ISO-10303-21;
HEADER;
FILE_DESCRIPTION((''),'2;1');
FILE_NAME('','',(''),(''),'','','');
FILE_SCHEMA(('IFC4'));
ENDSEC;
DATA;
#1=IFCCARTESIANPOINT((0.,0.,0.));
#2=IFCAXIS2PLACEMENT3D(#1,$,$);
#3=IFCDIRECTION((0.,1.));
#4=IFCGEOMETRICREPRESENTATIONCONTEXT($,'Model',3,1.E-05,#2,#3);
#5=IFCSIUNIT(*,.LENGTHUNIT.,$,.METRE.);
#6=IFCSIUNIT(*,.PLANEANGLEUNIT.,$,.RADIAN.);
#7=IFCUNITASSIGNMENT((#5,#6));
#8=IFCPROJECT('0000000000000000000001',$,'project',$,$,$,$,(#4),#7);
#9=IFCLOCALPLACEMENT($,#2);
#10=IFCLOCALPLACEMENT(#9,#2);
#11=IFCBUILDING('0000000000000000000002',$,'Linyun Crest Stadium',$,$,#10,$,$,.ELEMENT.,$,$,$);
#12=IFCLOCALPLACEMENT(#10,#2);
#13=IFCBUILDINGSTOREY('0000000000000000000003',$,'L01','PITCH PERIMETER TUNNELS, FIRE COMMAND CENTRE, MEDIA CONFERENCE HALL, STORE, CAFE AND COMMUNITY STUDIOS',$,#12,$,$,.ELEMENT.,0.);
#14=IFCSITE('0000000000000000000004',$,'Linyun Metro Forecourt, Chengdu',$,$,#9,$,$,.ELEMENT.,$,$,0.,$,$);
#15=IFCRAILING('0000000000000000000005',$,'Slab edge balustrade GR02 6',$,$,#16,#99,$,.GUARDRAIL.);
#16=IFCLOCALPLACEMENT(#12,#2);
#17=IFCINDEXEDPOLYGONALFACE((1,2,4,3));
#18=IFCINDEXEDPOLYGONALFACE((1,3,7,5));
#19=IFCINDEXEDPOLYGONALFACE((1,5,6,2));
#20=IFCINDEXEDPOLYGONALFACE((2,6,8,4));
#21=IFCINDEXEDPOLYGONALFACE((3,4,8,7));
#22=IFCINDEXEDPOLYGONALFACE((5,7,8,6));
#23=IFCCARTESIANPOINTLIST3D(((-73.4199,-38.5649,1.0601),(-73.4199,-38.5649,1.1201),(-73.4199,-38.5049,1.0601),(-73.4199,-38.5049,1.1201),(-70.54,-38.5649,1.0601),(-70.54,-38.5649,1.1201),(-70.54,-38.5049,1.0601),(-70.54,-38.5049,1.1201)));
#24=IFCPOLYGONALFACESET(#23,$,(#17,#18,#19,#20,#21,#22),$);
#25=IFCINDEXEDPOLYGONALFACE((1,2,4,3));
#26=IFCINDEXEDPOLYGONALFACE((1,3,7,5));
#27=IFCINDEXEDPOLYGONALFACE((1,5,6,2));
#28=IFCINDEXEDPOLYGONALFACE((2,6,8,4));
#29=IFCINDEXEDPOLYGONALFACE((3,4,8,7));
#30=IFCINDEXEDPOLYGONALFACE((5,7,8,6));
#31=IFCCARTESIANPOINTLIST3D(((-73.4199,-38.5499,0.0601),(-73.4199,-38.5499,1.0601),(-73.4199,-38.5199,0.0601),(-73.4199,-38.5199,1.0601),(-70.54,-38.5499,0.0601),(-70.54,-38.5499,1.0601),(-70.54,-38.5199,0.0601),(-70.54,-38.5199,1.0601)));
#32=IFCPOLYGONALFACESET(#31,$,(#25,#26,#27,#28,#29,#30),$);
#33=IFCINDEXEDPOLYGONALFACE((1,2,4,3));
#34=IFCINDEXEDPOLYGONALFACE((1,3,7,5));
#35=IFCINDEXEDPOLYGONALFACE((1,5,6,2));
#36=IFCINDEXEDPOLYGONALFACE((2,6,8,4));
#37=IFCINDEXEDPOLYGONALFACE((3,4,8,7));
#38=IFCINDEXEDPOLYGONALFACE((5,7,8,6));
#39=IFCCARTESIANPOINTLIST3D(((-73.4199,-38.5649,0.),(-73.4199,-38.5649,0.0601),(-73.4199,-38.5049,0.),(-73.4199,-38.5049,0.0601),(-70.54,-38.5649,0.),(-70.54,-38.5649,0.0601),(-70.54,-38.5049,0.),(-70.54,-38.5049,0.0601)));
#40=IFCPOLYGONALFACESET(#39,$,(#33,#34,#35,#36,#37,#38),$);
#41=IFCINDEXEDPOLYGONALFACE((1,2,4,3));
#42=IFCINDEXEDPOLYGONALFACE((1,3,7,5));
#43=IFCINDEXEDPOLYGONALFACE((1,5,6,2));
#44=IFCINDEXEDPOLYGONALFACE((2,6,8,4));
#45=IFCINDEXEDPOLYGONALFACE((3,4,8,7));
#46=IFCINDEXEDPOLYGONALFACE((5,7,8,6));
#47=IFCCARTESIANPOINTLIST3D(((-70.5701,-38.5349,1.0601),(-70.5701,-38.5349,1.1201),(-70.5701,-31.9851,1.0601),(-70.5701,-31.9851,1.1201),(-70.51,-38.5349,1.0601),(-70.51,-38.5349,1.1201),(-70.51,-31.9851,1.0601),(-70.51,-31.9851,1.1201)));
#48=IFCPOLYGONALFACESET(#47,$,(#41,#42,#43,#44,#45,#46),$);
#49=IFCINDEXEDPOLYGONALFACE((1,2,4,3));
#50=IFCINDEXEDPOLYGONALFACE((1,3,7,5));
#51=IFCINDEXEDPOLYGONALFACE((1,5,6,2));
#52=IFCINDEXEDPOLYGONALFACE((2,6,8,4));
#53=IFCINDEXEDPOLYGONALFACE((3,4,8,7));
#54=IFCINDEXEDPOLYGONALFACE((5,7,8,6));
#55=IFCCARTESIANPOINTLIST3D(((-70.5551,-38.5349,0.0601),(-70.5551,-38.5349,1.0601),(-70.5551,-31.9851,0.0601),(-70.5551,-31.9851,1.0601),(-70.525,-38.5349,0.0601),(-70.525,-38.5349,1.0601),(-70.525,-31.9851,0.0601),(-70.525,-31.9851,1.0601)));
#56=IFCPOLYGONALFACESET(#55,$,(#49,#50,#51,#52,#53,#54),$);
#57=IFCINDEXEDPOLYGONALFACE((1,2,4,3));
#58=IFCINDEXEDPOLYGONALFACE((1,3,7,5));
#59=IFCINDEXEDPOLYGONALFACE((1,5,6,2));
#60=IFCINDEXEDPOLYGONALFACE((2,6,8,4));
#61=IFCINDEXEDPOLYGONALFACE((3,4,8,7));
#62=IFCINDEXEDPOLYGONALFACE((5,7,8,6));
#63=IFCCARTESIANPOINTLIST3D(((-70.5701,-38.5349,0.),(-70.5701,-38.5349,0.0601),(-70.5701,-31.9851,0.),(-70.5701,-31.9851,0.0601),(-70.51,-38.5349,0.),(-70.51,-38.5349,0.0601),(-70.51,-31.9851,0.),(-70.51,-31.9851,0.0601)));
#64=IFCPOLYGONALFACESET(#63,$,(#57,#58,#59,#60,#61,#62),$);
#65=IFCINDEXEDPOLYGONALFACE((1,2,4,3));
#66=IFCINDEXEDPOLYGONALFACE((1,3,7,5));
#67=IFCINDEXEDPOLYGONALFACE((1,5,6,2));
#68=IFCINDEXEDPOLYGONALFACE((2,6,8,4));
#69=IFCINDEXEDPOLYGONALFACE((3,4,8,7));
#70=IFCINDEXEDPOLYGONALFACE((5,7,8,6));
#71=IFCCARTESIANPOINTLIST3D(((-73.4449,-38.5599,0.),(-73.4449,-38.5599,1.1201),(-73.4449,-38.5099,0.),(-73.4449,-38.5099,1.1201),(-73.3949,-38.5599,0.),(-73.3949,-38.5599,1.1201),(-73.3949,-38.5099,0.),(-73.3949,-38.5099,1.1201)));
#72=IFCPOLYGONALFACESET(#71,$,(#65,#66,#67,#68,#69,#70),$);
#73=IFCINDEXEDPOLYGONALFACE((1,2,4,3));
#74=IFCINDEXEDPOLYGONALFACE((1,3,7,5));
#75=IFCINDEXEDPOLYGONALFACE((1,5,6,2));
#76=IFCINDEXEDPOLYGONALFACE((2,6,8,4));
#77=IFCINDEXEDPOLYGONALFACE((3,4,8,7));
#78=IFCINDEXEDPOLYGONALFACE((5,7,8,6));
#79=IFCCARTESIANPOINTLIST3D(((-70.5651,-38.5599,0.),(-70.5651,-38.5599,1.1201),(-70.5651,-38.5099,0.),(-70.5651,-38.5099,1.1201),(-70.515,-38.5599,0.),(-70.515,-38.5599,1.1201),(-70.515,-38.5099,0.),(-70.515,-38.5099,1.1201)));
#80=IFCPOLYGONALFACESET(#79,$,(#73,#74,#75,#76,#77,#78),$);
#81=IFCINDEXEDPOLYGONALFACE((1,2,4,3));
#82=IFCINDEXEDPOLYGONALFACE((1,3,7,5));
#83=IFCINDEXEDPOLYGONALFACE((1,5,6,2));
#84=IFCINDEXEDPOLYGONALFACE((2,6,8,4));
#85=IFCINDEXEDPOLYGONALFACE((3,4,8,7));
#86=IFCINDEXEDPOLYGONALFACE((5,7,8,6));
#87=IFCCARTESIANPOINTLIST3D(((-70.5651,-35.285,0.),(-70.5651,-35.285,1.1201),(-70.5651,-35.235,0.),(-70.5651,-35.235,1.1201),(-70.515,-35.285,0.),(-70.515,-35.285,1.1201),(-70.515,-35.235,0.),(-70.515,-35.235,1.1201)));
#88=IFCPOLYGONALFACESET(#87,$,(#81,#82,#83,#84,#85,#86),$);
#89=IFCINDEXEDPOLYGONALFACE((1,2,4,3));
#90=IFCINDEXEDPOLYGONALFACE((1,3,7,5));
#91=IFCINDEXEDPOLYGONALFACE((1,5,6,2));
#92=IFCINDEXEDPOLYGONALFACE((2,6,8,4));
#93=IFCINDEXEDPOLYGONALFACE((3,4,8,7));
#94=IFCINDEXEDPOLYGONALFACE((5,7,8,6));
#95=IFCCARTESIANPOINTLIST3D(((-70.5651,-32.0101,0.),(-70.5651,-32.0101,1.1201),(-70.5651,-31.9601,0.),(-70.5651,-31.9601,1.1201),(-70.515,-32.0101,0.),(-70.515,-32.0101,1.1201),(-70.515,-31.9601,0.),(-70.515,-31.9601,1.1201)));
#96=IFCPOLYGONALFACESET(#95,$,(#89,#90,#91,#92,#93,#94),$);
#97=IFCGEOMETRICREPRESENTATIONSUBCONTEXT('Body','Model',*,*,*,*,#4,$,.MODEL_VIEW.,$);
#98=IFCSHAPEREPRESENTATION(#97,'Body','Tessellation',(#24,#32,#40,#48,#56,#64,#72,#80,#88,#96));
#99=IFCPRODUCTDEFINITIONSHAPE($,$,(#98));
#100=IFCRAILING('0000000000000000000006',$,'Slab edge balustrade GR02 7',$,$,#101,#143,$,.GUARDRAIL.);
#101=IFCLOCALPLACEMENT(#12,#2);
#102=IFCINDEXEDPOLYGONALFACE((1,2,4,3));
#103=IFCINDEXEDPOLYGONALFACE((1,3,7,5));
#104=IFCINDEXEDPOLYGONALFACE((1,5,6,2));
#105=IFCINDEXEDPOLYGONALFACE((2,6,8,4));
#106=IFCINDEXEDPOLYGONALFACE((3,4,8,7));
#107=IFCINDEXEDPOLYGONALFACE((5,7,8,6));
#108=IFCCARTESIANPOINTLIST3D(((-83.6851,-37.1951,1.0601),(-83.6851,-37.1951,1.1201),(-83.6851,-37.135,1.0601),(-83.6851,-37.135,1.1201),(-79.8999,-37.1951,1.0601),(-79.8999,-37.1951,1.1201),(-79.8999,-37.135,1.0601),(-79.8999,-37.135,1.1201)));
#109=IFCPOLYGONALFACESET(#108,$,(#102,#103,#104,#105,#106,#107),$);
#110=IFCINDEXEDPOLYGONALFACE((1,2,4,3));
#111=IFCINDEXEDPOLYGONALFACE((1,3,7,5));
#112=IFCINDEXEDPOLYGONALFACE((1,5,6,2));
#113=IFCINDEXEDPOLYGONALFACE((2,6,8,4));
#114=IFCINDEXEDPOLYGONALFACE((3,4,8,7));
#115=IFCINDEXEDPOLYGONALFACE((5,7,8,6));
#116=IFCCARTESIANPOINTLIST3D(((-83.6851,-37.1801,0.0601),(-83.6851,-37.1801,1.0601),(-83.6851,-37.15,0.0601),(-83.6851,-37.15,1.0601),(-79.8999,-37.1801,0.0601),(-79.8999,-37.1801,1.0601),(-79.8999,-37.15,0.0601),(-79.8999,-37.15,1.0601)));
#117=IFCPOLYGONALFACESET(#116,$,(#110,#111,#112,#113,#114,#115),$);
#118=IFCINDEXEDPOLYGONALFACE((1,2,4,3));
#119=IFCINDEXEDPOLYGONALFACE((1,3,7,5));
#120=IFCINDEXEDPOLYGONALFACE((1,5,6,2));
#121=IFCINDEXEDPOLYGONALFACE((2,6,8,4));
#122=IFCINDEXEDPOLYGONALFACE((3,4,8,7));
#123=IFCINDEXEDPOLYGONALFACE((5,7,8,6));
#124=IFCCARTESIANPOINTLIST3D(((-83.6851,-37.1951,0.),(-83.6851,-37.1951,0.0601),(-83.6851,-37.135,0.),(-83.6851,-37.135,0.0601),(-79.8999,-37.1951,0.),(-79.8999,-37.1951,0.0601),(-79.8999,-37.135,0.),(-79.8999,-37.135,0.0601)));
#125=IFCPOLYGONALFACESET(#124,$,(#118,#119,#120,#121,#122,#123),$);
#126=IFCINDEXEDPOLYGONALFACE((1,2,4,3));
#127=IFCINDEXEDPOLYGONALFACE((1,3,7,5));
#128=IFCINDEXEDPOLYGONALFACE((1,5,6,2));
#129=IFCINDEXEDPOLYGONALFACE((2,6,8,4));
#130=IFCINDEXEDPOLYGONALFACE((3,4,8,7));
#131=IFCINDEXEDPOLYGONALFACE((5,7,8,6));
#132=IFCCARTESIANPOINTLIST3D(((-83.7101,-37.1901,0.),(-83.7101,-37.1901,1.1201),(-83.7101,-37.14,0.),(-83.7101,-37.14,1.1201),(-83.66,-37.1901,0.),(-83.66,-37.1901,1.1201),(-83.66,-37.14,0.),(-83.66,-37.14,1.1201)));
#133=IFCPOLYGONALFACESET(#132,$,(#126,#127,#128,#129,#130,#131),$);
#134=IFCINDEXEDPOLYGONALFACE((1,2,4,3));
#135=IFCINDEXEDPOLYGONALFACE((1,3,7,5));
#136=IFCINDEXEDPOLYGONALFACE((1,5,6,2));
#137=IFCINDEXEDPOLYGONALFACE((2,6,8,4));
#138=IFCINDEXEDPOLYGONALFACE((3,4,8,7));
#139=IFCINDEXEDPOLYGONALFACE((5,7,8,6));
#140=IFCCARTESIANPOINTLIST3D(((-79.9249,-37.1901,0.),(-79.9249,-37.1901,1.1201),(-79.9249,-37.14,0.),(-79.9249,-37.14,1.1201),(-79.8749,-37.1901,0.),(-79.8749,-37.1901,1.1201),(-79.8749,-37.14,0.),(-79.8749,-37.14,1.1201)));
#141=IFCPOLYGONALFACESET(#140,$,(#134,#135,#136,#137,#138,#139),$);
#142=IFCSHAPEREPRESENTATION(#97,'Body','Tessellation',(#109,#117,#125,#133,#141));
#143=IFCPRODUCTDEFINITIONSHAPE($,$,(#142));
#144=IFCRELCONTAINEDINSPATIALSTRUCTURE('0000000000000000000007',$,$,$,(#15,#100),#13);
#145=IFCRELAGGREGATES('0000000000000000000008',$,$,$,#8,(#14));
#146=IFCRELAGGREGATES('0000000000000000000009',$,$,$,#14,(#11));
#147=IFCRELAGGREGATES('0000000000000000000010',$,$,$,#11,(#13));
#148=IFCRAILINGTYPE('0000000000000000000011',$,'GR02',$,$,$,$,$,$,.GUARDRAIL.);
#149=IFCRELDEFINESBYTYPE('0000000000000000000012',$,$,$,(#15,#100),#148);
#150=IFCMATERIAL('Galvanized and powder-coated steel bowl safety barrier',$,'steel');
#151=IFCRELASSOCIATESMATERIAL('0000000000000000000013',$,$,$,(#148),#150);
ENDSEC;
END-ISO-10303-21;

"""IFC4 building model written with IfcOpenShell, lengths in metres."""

from ifc_helpers import new_model, si_unit, direction, frame, origin, origin_2d, place, context, subcontext, project, spatial, rectangle, extrude, material, type_object, element, save


model = new_model("IFC4")

# Units and contexts
model_context = context("Model", 3, precision=1e-05, world=origin(), true_north=direction((0.0, 1.0)))
body_context = subcontext(model_context, "Body", "Model", "MODEL_VIEW")
ifc_project = project(units=[si_unit("LENGTHUNIT", "METRE"), si_unit("PLANEANGLEUNIT", "RADIAN")], contexts=[model_context])

# Site, building, storey
site_placement = place(None, origin())
site = spatial("IfcSite", under=ifc_project, at=site_placement, Name="Linyun Metro Forecourt, Chengdu", CompositionType="ELEMENT", RefElevation=0.0)
building_placement = place(site_placement, origin())
building = spatial("IfcBuilding", under=site, at=building_placement, Name="Linyun Crest Stadium", CompositionType="ELEMENT")
storey_placement = place(building_placement, origin())
storey = spatial("IfcBuildingStorey", under=building, at=storey_placement, Name="L01", Description="PITCH PERIMETER TUNNELS, FIRE COMMAND CENTRE, MEDIA CONFERENCE HALL, STORE, CAFE AND COMMUNITY STUDIOS", CompositionType="ELEMENT", Elevation=0.0)

# Railings
ifc_material_1 = material(Name="Galvanized and powder-coated steel bowl safety barrier", Category="steel")
railing_type_1 = type_object("IfcRailingType", Name="GR02", PredefinedType="GUARDRAIL", material=ifc_material_1)
railing_1_placement = place(storey_placement, frame((-73.4199, -38.5349, 0.0)))
element("IfcRailing", 1, at=railing_1_placement, inside=storey, type_object=railing_type_1, Name="Slab edge balustrade GR02 6", PredefinedType="GUARDRAIL", context=body_context, shape_type="SweptSolid", body=[
    extrude(rectangle(XDim=0.0601, YDim=0.0601, at=origin_2d()), frame((0.0, 0.0, 1.0901), z_axis=(1.0, 0.0, 0.0), x_axis=(0.0, 1.0, 0.0)), (0.0, 0.0, 1.0), 2.8799),
    extrude(rectangle(XDim=0.03, YDim=1.0, at=origin_2d()), frame((0.0, 0.0, 0.5601), z_axis=(1.0, 0.0, 0.0), x_axis=(0.0, 1.0, 0.0)), (0.0, 0.0, 1.0), 2.8799),
    extrude(rectangle(XDim=0.0601, YDim=0.0601, at=origin_2d()), frame((0.0, 0.0, 0.03), z_axis=(1.0, 0.0, 0.0), x_axis=(0.0, 1.0, 0.0)), (0.0, 0.0, 1.0), 2.8799),
    extrude(rectangle(XDim=0.0601, YDim=0.0601, at=origin_2d()), frame((2.8799, 0.0, 1.0901), z_axis=(0.0, 1.0, 0.0), x_axis=(-1.0, 0.0, 0.0)), (0.0, 0.0, 1.0), 6.5498),
    extrude(rectangle(XDim=0.03, YDim=1.0, at=origin_2d()), frame((2.8799, 0.0, 0.5601), z_axis=(0.0, 1.0, 0.0), x_axis=(-1.0, 0.0, 0.0)), (0.0, 0.0, 1.0), 6.5498),
    extrude(rectangle(XDim=0.0601, YDim=0.0601, at=origin_2d()), frame((2.8799, 0.0, 0.03), z_axis=(0.0, 1.0, 0.0), x_axis=(-1.0, 0.0, 0.0)), (0.0, 0.0, 1.0), 6.5498),
    extrude(rectangle(XDim=0.05, YDim=0.05, at=origin_2d()), origin(), (0.0, 0.0, 1.0), 1.1201),
    extrude(rectangle(XDim=0.05, YDim=0.05, at=origin_2d()), frame((2.8799, 0.0, 0.0)), (0.0, 0.0, 1.0), 1.1201),
    extrude(rectangle(XDim=0.05, YDim=0.05, at=origin_2d()), frame((2.8799, 3.2749, 0.0)), (0.0, 0.0, 1.0), 1.1201),
    extrude(rectangle(XDim=0.05, YDim=0.05, at=origin_2d()), frame((2.8799, 6.5498, 0.0)), (0.0, 0.0, 1.0), 1.1201),
])
railing_2_placement = place(storey_placement, frame((-83.6851, -37.165, 0.0)))
element("IfcRailing", 2, at=railing_2_placement, inside=storey, type_object=railing_type_1, Name="Slab edge balustrade GR02 7", PredefinedType="GUARDRAIL", context=body_context, shape_type="SweptSolid", body=[
    extrude(rectangle(XDim=0.0601, YDim=0.0601, at=origin_2d()), frame((0.0, 0.0, 1.0901), z_axis=(1.0, 0.0, 0.0), x_axis=(0.0, 1.0, 0.0)), (0.0, 0.0, 1.0), 3.7852),
    extrude(rectangle(XDim=0.03, YDim=1.0, at=origin_2d()), frame((0.0, 0.0, 0.5601), z_axis=(1.0, 0.0, 0.0), x_axis=(0.0, 1.0, 0.0)), (0.0, 0.0, 1.0), 3.7852),
    extrude(rectangle(XDim=0.0601, YDim=0.0601, at=origin_2d()), frame((0.0, 0.0, 0.03), z_axis=(1.0, 0.0, 0.0), x_axis=(0.0, 1.0, 0.0)), (0.0, 0.0, 1.0), 3.7852),
    extrude(rectangle(XDim=0.05, YDim=0.05, at=origin_2d()), origin(), (0.0, 0.0, 1.0), 1.1201),
    extrude(rectangle(XDim=0.05, YDim=0.05, at=origin_2d()), frame((3.7852, 0.0, 0.0)), (0.0, 0.0, 1.0), 1.1201),
])

save(model, "model.ifc")
